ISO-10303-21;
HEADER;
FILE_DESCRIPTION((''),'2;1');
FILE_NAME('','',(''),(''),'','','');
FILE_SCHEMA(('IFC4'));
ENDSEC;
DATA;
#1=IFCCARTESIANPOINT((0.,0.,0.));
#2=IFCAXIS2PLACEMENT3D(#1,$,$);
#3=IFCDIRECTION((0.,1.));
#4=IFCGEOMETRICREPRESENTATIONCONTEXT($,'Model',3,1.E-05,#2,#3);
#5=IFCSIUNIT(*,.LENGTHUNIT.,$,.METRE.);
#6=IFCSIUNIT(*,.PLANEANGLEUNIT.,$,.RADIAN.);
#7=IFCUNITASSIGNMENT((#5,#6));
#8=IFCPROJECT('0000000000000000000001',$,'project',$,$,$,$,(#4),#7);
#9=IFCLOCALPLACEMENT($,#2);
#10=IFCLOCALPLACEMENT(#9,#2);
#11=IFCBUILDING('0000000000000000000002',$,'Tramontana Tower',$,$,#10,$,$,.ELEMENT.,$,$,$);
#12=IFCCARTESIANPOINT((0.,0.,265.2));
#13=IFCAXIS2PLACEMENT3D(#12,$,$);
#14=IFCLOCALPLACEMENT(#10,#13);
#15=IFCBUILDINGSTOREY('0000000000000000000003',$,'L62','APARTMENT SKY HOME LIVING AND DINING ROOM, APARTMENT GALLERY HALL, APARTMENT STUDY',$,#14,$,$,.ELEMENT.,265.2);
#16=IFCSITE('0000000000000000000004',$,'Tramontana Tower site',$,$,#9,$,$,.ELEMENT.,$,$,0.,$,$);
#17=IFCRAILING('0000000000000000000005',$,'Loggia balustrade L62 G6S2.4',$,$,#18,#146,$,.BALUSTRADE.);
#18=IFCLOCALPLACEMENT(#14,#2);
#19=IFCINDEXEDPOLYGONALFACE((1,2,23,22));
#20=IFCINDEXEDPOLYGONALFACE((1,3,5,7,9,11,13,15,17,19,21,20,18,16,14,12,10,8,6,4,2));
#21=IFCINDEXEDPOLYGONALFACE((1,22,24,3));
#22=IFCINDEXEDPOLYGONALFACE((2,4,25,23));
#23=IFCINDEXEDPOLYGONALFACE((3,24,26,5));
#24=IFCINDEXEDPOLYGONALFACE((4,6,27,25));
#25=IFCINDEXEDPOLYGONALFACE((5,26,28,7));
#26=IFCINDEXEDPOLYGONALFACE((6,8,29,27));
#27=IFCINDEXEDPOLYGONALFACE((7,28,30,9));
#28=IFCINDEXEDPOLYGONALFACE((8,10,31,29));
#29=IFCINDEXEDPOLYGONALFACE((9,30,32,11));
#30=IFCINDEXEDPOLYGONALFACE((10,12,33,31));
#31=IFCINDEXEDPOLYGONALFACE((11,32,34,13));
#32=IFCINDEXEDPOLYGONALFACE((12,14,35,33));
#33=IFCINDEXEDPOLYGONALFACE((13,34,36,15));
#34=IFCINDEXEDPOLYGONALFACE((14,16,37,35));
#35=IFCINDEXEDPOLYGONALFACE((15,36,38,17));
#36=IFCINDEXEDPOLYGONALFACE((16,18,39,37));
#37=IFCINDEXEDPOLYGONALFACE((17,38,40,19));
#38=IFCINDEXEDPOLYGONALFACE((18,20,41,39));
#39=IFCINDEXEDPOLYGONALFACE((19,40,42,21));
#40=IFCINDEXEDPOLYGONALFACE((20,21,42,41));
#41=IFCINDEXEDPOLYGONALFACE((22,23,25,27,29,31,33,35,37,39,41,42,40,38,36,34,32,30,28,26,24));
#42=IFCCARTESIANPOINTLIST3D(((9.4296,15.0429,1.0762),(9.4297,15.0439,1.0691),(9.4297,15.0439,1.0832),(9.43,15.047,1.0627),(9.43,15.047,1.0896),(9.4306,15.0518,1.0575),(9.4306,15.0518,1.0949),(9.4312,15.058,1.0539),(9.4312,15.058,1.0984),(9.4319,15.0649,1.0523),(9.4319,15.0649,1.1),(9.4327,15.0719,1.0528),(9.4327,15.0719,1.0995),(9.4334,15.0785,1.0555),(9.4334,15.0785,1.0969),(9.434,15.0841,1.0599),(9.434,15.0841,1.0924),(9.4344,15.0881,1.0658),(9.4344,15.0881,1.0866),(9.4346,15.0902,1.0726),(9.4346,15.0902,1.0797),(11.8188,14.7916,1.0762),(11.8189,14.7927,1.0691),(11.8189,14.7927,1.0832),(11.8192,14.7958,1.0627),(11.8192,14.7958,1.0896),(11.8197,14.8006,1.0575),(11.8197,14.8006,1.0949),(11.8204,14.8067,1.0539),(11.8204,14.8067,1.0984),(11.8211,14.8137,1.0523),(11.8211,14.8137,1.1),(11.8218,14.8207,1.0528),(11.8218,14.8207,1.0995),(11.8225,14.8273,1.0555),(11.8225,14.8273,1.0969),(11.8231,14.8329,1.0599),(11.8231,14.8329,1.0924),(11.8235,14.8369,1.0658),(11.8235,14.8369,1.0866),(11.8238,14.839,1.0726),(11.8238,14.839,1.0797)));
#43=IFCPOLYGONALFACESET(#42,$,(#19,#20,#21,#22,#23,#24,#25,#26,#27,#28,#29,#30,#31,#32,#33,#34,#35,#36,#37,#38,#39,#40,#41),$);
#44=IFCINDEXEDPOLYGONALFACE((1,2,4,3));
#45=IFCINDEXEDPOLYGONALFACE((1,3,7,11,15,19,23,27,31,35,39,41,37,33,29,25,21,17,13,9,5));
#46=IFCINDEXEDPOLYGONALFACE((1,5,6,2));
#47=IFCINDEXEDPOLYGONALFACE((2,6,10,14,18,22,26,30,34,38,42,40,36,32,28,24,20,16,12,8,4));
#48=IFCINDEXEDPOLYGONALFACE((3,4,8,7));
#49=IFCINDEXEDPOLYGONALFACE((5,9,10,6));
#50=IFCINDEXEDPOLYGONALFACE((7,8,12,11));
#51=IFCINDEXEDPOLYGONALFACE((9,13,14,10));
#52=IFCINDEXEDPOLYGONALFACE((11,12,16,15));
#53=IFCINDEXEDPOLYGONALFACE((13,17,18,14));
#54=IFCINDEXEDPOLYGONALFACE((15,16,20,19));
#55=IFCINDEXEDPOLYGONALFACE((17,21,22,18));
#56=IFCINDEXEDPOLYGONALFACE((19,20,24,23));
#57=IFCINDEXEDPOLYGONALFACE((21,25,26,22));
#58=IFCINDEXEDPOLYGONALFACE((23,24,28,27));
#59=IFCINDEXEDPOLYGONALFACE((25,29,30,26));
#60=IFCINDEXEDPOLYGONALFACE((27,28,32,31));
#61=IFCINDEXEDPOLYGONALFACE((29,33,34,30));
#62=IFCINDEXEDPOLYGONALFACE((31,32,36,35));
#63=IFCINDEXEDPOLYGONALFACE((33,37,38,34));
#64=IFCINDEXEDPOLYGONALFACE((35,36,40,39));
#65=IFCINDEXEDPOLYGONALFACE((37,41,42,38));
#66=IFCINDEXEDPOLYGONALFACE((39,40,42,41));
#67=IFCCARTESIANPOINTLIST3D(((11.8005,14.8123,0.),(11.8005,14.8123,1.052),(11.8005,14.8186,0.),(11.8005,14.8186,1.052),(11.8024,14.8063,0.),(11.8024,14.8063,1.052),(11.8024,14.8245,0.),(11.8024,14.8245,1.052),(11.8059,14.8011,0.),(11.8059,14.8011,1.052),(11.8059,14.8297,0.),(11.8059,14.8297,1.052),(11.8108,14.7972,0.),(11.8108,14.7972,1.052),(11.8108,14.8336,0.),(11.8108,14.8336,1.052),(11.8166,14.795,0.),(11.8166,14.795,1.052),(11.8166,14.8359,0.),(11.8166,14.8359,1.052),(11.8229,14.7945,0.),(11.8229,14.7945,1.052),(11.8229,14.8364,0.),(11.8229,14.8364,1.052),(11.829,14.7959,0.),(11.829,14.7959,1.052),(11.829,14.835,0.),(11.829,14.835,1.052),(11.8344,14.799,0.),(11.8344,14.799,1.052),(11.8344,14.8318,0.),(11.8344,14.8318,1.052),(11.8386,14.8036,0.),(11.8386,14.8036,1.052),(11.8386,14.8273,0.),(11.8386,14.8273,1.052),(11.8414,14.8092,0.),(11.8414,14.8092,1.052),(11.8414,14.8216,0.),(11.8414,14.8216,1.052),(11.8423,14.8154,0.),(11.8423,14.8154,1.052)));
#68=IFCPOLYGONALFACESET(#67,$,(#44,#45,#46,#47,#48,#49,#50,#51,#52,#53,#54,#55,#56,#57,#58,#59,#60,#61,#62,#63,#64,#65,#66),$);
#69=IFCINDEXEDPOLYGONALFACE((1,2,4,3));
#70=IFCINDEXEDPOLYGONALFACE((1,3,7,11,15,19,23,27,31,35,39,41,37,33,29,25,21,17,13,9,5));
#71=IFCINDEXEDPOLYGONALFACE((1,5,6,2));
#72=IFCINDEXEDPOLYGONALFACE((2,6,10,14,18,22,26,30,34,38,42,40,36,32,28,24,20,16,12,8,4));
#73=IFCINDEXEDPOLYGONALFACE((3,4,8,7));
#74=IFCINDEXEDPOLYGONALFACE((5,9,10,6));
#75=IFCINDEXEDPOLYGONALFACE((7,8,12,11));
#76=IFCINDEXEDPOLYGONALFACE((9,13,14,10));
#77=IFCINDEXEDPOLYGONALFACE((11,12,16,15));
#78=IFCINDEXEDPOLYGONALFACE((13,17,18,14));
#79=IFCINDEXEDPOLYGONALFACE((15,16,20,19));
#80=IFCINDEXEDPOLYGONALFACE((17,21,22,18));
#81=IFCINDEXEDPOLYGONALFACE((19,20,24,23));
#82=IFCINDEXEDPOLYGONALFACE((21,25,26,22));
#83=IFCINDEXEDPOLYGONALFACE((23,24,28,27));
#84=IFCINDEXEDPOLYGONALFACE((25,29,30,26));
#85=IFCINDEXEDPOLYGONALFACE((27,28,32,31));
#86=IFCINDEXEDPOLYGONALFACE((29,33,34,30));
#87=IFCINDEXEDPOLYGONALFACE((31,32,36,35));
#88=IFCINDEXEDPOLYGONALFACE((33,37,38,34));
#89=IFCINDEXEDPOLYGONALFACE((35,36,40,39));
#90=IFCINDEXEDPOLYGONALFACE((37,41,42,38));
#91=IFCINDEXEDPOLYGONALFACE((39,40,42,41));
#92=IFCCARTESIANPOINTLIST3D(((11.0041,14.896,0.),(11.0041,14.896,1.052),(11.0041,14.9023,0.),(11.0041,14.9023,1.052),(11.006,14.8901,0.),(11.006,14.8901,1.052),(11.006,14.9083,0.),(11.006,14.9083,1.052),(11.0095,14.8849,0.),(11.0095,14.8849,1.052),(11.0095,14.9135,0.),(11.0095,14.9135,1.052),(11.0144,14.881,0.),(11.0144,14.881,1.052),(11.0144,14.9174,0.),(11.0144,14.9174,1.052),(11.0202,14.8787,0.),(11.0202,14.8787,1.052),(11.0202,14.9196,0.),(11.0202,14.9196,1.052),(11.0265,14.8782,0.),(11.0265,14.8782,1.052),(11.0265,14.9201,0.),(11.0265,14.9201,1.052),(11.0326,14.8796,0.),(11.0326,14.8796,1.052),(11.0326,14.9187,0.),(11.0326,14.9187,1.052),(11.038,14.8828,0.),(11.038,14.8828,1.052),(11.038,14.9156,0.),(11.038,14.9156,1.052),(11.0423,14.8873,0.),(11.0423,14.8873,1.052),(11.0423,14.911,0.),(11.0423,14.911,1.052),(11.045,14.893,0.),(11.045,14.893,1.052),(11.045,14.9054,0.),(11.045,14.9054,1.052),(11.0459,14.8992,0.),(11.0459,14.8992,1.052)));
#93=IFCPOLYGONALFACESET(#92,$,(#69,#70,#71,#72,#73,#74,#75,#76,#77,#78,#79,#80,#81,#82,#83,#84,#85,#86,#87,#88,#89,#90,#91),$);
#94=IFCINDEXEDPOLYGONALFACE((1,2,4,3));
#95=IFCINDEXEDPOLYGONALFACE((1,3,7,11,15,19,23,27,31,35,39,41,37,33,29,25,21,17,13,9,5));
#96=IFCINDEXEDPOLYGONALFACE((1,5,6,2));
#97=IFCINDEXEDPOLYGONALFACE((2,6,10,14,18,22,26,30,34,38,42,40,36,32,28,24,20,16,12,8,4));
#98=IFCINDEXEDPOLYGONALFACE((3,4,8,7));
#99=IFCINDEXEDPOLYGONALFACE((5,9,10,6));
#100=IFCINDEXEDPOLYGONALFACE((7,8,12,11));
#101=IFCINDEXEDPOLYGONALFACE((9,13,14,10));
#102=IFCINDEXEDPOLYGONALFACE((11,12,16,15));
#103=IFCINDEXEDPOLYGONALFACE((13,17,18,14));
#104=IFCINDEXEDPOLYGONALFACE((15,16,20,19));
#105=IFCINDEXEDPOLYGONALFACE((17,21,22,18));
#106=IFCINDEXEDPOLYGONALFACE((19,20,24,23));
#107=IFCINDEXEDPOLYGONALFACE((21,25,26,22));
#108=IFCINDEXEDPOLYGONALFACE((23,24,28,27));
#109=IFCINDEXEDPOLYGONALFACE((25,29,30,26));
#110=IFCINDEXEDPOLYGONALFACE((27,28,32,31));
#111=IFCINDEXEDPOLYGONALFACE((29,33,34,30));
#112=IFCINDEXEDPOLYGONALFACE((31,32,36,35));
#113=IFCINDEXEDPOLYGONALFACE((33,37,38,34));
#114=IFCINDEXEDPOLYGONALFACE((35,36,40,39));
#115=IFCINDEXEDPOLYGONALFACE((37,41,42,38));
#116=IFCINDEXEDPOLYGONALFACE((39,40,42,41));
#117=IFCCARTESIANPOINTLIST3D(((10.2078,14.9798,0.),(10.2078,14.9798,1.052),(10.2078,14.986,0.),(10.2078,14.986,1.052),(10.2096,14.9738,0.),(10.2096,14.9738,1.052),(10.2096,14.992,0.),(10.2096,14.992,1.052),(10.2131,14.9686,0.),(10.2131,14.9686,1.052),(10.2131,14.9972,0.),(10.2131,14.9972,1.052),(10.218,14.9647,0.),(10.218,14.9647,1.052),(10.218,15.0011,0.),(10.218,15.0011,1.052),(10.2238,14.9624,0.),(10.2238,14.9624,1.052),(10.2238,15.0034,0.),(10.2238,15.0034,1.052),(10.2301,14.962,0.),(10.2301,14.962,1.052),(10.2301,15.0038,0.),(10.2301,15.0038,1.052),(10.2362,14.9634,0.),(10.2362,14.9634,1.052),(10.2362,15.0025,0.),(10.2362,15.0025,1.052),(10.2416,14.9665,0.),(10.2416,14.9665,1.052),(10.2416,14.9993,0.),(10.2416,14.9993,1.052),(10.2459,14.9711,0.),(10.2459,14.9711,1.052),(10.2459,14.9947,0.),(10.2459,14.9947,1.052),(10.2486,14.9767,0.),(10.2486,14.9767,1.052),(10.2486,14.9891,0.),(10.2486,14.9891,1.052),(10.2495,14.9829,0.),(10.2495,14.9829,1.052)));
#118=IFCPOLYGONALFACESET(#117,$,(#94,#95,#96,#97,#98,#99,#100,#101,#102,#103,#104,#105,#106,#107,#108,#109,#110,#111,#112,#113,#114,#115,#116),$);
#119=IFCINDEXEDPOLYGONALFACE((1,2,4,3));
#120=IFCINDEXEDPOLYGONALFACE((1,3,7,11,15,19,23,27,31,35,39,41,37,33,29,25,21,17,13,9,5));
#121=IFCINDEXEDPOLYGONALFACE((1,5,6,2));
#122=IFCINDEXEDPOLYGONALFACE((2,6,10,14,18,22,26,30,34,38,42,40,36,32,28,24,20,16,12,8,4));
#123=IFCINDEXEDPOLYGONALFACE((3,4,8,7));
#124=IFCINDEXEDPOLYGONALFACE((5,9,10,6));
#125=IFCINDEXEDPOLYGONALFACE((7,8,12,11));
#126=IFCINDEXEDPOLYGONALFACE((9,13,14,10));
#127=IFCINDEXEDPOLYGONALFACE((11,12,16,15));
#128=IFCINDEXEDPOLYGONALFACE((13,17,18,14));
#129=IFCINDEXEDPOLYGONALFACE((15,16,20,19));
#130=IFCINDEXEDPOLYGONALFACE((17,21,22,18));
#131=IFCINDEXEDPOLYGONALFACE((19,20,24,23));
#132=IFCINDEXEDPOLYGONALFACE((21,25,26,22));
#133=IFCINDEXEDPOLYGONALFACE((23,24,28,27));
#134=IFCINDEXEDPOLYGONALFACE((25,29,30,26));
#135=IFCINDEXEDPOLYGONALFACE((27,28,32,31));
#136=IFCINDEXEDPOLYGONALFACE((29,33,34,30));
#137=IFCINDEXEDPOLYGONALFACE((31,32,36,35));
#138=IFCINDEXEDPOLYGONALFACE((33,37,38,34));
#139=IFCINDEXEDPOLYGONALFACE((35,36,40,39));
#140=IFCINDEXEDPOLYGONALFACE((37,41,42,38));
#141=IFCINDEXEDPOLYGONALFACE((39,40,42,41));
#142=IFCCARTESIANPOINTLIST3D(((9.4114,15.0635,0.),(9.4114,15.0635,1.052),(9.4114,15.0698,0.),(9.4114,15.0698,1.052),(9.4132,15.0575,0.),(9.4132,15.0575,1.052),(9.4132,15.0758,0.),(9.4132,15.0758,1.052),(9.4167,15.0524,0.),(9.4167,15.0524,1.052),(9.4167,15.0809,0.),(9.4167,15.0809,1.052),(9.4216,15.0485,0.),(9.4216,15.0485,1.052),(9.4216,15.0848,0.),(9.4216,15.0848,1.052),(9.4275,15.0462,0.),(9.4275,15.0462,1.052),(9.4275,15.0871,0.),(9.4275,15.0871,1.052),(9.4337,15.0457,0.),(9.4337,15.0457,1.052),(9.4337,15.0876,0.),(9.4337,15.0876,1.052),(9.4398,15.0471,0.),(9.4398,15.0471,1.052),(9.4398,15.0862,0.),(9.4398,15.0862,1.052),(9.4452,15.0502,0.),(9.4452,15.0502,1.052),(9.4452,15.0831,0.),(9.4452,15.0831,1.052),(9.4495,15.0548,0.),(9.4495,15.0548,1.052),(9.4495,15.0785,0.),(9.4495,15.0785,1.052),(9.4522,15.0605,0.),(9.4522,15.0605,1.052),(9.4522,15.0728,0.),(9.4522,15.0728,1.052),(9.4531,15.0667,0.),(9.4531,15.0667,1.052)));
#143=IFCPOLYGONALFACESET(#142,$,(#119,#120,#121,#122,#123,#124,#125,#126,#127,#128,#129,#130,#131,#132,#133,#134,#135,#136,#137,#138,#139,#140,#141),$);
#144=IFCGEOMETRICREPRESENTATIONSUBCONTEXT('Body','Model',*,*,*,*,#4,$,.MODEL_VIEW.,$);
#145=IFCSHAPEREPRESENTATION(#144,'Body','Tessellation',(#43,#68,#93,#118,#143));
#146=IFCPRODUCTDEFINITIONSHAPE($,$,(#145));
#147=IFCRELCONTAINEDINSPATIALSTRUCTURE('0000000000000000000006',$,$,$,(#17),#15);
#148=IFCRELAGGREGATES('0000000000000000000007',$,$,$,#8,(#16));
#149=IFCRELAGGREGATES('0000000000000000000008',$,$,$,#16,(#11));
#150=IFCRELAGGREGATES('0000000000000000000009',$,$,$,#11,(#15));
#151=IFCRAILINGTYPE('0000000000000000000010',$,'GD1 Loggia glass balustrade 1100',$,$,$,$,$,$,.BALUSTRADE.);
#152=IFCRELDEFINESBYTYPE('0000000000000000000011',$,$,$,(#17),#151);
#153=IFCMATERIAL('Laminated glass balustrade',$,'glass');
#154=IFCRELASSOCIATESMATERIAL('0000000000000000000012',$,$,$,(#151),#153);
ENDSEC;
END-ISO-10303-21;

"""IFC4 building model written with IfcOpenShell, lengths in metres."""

from ifc_helpers import new_model, si_unit, direction, frame, origin, origin_2d, place, context, subcontext, project, spatial, circle, extrude, material, type_object, element, save


model = new_model("IFC4")

# Units and contexts
model_context = context("Model", 3, precision=1e-05, world=origin(), true_north=direction((0.0, 1.0)))
body_context = subcontext(model_context, "Body", "Model", "MODEL_VIEW")
ifc_project = project(units=[si_unit("LENGTHUNIT", "METRE"), si_unit("PLANEANGLEUNIT", "RADIAN")], contexts=[model_context])

# Site, building, storey
site_placement = place(None, origin())
site = spatial("IfcSite", under=ifc_project, at=site_placement, Name="Tramontana Tower site", CompositionType="ELEMENT", RefElevation=0.0)
building_placement = place(site_placement, origin())
building = spatial("IfcBuilding", under=site, at=building_placement, Name="Tramontana Tower", CompositionType="ELEMENT")
storey_placement = place(building_placement, frame((0.0, 0.0, 265.2)))
storey = spatial("IfcBuildingStorey", under=building, at=storey_placement, Name="L62", Description="APARTMENT SKY HOME LIVING AND DINING ROOM, APARTMENT GALLERY HALL, APARTMENT STUDY", CompositionType="ELEMENT", Elevation=265.2)

# Railing
ifc_material_1 = material(Name="Laminated glass balustrade", Category="glass")
railing_type = type_object("IfcRailingType", Name="GD1 Loggia glass balustrade 1100", PredefinedType="BALUSTRADE", material=ifc_material_1)
railing_placement = place(storey_placement, frame((11.8213, 14.8154, 0.0)))
element("IfcRailing", 1, at=railing_placement, inside=storey, type_object=railing_type, Name="Loggia balustrade L62 G6S2.4", PredefinedType="BALUSTRADE", context=body_context, shape_type="SweptSolid", body=[
    extrude(circle(Radius=0.0239, at=origin_2d()), frame((0.0, 0.0, 1.0762), z_axis=(-0.994517, 0.104574, 0.0), x_axis=(-0.104574, -0.994517, 0.0)), (0.0, 0.0, 1.0), 2.4023),
    extrude(circle(Radius=0.021, at=origin_2d()), origin(), (0.0, 0.0, 1.0), 1.052),
    extrude(circle(Radius=0.021, at=origin_2d()), frame((-0.7964, 0.0837, 0.0)), (0.0, 0.0, 1.0), 1.052),
    extrude(circle(Radius=0.021, at=origin_2d()), frame((-1.5928, 0.1675, 0.0)), (0.0, 0.0, 1.0), 1.052),
    extrude(circle(Radius=0.021, at=origin_2d()), frame((-2.3892, 0.2512, 0.0)), (0.0, 0.0, 1.0), 1.052),
])

save(model, "model.ifc")
